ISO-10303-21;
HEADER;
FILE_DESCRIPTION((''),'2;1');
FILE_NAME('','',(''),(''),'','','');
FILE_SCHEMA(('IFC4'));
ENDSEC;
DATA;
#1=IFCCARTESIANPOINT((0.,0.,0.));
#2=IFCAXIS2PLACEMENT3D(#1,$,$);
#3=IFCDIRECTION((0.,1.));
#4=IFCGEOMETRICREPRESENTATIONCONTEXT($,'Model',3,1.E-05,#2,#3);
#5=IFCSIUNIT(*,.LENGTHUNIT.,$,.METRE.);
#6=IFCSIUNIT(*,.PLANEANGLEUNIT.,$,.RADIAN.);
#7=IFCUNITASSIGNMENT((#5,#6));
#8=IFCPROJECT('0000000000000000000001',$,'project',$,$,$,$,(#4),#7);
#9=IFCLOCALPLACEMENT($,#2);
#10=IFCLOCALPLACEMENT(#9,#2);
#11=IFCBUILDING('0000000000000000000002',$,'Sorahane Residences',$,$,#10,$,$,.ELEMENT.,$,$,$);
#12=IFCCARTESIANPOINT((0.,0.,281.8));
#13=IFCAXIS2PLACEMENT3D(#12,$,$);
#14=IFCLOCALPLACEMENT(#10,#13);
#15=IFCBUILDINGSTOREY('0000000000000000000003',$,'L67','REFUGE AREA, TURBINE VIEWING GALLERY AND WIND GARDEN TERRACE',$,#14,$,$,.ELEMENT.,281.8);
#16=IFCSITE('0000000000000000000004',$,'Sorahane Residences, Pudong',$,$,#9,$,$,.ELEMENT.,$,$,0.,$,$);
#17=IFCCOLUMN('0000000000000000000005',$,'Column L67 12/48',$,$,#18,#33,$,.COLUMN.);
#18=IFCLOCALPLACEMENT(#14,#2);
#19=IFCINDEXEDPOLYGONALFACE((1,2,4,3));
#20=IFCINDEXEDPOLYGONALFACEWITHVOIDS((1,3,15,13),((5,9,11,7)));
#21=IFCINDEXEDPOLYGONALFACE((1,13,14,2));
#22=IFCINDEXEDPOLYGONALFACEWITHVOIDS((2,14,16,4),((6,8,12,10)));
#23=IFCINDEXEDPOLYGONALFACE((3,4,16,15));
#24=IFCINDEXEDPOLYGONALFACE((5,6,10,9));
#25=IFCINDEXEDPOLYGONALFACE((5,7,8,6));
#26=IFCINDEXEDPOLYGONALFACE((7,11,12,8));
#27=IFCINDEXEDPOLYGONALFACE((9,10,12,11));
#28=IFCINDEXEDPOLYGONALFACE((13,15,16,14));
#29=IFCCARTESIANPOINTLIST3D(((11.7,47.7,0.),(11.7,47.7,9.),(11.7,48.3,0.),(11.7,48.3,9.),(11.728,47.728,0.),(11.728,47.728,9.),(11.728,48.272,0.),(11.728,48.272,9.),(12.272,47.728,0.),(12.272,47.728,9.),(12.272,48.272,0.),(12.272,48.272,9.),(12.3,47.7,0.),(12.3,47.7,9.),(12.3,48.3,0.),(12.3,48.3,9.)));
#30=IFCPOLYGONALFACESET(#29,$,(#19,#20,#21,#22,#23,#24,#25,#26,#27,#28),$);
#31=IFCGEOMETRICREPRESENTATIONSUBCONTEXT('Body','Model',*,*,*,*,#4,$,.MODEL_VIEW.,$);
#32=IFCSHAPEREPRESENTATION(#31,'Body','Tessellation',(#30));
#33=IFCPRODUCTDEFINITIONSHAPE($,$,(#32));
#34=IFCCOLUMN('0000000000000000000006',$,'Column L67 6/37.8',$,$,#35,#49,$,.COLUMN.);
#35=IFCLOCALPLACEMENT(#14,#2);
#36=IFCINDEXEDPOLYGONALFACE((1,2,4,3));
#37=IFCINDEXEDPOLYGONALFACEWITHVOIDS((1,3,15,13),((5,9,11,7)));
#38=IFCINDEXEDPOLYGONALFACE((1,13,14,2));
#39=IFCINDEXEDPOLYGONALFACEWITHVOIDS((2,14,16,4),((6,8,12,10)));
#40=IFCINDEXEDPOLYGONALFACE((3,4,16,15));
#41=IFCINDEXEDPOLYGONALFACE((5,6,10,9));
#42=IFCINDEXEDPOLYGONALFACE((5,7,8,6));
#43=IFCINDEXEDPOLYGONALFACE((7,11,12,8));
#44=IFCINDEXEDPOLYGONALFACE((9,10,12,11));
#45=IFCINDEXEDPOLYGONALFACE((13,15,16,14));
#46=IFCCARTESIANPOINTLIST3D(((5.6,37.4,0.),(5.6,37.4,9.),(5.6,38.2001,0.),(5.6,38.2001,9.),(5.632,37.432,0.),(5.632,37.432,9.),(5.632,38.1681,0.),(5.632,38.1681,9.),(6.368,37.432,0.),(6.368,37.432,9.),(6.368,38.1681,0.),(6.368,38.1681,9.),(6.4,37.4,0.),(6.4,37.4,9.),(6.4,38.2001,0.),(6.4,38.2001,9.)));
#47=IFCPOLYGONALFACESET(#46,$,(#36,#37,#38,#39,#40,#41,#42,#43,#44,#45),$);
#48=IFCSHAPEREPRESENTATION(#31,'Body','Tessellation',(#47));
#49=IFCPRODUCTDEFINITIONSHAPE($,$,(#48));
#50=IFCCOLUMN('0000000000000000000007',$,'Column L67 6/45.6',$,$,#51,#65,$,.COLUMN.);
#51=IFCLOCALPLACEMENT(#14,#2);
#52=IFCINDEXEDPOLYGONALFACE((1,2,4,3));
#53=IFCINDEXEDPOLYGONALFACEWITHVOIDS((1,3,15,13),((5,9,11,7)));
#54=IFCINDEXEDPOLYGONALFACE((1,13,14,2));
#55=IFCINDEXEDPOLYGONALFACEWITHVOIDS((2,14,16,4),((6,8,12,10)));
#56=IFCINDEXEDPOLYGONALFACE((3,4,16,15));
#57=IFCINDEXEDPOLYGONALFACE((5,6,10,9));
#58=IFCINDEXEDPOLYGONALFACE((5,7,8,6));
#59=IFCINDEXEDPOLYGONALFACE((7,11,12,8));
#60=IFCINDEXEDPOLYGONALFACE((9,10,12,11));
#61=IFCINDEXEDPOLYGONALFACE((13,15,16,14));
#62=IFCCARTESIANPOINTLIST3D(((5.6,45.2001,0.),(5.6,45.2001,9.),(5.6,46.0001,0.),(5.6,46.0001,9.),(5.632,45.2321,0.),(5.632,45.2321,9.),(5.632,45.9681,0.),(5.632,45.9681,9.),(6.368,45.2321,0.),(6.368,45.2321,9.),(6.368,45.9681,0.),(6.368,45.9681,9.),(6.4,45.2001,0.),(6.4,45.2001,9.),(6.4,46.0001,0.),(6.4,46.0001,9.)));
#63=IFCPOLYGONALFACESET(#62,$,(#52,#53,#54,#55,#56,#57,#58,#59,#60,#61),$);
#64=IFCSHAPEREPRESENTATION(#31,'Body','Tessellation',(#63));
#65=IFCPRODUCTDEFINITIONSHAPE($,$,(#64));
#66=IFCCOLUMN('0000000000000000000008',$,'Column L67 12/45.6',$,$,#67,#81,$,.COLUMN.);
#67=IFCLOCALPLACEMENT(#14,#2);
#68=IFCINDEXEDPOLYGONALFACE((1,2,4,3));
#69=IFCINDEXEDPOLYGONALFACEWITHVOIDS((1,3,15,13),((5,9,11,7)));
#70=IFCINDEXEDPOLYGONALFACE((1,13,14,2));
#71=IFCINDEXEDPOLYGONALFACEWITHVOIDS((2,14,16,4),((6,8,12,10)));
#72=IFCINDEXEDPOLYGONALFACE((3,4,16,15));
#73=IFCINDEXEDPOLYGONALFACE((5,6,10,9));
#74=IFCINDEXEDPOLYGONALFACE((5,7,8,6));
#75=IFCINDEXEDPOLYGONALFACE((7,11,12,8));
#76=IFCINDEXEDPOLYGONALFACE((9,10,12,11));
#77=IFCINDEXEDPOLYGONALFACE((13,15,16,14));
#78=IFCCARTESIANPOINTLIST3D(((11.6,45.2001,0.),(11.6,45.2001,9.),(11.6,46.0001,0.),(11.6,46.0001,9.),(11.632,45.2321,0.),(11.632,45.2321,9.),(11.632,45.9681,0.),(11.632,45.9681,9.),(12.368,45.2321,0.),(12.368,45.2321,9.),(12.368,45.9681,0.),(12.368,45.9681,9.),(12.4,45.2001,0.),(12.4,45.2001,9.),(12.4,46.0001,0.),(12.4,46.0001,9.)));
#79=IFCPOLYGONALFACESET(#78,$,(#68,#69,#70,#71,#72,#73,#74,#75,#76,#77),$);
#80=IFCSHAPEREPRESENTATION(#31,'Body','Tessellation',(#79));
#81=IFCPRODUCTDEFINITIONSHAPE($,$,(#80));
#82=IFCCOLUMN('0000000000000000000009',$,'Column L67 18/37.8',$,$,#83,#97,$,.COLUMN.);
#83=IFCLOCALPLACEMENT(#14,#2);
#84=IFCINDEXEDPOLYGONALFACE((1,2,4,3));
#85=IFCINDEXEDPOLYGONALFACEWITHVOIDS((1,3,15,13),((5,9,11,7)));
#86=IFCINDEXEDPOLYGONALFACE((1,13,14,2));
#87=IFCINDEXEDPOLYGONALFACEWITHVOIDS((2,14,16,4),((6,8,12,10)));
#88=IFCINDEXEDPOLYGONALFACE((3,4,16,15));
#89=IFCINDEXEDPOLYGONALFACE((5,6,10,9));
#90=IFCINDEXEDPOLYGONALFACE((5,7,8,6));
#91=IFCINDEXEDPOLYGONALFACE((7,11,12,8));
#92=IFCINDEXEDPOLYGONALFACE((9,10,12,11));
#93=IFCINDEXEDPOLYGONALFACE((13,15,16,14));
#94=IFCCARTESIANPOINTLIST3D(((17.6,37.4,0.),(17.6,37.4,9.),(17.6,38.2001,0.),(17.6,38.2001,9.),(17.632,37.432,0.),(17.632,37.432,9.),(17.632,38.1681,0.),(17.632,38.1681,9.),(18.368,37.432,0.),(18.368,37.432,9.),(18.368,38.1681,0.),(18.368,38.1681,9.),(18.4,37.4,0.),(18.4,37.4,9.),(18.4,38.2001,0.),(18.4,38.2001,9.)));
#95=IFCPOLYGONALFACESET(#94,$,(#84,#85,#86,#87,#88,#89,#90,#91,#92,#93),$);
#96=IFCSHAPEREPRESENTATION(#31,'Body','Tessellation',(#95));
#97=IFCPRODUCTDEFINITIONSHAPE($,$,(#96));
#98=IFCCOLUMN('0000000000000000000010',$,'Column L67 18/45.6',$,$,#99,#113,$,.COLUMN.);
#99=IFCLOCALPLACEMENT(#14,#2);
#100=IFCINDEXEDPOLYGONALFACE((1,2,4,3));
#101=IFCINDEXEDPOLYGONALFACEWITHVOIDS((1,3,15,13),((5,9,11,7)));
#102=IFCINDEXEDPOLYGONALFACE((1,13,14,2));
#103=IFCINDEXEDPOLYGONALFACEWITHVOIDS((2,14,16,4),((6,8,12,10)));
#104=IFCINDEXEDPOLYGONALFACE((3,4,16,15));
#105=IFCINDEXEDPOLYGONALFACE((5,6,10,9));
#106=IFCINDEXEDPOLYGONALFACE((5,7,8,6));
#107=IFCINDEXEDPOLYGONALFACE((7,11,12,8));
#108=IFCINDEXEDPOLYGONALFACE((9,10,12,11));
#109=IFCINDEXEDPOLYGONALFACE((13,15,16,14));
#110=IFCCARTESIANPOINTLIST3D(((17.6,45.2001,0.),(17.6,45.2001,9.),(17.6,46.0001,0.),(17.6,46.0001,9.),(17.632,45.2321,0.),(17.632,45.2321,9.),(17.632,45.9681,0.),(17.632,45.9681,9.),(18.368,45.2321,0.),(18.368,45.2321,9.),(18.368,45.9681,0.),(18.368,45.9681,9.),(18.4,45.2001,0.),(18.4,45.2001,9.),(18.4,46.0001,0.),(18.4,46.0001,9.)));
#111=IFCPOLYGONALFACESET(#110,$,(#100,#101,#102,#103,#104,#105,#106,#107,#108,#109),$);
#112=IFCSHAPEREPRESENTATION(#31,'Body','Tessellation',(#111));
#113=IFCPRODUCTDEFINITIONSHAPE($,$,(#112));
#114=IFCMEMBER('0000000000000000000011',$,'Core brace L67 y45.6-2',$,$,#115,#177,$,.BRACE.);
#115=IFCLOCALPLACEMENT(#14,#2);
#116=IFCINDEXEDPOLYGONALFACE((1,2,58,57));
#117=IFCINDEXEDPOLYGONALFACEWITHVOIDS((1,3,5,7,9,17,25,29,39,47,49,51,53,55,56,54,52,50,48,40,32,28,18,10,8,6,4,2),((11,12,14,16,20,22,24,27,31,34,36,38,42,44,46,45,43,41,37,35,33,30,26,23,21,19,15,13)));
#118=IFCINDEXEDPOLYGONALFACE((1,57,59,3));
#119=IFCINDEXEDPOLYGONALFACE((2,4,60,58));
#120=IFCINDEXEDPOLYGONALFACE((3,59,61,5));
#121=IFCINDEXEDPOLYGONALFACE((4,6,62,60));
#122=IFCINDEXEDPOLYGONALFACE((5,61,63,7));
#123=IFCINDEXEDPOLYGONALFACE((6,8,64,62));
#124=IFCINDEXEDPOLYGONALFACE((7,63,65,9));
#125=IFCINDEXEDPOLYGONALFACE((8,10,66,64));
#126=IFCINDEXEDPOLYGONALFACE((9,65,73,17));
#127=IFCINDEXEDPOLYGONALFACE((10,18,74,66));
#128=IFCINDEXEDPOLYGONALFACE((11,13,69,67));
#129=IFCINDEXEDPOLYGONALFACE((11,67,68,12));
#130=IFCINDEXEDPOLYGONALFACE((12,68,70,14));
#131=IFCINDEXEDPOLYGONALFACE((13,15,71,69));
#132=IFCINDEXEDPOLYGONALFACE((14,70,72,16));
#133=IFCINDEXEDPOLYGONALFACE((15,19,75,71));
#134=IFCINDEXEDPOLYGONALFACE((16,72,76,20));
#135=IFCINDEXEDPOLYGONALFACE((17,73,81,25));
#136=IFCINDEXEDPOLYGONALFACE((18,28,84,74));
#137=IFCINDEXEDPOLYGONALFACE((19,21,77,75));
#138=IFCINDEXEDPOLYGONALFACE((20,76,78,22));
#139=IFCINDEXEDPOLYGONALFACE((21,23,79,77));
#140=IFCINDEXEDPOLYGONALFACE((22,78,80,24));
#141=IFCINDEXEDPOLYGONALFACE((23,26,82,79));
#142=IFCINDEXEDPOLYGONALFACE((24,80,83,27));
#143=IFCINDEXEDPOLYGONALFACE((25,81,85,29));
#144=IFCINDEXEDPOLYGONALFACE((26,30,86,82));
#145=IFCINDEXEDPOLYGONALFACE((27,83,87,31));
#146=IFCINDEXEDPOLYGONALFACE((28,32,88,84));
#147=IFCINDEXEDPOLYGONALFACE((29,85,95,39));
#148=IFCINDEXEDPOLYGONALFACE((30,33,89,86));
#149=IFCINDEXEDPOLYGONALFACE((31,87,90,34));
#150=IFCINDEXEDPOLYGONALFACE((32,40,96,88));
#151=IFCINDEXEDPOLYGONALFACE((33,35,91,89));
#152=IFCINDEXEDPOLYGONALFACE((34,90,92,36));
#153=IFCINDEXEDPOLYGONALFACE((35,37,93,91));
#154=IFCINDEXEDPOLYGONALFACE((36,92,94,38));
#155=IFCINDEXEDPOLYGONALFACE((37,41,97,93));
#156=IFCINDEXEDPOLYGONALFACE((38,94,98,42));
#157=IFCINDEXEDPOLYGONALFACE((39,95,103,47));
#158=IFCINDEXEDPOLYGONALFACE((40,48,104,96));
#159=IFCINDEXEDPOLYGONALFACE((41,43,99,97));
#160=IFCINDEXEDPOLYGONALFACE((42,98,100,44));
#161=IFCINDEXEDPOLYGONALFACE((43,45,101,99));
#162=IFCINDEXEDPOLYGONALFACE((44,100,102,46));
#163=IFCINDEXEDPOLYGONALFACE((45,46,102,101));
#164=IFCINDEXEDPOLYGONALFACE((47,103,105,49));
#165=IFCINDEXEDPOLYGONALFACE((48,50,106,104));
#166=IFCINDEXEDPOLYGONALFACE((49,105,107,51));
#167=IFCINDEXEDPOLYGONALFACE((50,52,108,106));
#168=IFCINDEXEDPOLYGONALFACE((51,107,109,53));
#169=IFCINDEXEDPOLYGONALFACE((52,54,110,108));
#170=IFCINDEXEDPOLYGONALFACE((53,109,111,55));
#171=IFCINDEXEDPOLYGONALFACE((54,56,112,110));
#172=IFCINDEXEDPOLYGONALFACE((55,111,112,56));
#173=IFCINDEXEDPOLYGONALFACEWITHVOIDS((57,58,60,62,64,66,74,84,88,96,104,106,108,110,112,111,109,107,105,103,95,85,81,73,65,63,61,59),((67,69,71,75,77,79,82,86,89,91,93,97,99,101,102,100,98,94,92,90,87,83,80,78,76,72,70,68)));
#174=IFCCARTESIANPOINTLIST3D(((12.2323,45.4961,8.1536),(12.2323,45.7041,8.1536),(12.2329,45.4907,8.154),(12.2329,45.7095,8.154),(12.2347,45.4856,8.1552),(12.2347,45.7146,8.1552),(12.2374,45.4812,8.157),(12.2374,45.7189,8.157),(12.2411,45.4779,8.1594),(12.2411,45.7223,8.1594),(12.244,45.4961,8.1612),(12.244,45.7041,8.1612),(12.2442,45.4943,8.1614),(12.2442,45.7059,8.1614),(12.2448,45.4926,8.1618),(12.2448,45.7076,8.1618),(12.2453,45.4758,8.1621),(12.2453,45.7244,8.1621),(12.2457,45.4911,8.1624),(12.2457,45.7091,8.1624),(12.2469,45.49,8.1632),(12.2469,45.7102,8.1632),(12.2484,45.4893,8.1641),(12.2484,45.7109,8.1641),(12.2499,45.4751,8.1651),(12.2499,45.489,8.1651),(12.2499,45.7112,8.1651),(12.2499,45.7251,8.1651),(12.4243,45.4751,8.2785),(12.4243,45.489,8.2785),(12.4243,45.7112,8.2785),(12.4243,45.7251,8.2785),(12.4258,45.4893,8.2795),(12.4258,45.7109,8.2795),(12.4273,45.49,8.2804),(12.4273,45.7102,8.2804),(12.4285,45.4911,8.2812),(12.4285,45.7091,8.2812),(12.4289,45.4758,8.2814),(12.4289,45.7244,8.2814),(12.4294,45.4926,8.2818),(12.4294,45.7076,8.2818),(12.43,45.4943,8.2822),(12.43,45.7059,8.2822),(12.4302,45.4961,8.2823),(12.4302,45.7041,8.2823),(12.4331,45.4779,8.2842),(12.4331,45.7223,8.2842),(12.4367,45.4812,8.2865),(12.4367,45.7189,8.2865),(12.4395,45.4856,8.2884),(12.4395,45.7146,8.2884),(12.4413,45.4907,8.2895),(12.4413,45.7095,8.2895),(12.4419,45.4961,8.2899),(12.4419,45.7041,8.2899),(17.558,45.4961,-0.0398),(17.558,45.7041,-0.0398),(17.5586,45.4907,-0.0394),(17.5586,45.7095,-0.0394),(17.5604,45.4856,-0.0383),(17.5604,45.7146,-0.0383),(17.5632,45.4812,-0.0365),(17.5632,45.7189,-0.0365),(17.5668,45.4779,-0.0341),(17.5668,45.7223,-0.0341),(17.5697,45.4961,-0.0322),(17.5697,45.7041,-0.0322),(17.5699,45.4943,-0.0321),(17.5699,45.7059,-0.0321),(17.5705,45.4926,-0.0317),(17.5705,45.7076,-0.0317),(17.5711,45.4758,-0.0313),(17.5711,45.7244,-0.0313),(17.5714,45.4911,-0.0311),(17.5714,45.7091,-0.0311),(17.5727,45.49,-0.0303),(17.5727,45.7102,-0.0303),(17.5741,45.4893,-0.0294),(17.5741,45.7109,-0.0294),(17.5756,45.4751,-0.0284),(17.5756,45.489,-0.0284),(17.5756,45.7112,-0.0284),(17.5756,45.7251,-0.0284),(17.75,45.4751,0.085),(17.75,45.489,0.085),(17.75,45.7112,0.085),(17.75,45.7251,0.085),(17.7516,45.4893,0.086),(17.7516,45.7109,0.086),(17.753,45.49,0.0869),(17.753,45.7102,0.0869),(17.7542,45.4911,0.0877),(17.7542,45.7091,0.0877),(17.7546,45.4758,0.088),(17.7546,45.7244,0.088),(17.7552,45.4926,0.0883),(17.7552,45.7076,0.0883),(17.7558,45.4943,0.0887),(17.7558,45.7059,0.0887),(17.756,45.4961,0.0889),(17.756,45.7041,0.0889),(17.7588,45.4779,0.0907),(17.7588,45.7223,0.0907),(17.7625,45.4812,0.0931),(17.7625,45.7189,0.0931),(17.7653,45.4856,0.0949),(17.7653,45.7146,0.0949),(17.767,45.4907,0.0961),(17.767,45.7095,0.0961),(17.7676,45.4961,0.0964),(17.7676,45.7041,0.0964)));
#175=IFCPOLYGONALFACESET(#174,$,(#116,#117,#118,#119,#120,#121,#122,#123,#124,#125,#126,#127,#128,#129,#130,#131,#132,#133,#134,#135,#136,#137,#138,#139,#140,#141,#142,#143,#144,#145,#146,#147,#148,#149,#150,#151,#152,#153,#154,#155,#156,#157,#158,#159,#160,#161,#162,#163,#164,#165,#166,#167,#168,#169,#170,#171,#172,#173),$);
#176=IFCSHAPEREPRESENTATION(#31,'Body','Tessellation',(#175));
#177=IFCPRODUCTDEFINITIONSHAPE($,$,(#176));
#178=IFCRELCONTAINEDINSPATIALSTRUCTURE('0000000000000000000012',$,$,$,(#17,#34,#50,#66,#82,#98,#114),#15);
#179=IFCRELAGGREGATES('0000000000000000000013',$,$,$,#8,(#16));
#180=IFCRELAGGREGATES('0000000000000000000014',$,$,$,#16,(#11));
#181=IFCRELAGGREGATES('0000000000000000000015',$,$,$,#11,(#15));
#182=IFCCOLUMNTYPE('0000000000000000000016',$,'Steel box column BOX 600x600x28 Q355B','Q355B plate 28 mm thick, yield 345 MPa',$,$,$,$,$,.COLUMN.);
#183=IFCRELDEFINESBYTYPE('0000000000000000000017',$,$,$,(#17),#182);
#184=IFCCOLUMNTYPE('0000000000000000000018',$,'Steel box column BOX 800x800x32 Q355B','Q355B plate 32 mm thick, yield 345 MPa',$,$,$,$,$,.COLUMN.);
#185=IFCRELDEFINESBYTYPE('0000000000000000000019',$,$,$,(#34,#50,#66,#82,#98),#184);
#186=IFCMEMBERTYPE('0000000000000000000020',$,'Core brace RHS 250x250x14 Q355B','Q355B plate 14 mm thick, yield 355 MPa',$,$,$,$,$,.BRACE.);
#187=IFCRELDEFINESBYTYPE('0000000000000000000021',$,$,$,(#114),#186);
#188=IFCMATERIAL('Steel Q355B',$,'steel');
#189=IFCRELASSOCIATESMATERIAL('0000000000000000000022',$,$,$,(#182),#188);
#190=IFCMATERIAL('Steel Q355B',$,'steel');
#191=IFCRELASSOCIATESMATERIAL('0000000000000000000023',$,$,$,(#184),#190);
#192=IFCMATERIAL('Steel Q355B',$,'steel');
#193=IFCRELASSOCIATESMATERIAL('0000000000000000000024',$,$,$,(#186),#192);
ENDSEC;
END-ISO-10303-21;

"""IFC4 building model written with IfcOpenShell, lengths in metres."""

from ifc_helpers import new_model, si_unit, direction, frame, origin, origin_2d, place, context, subcontext, project, spatial, hollow_rectangle, extrude, material, material_profile, profile_set, type_object, element, save


model = new_model("IFC4")

# Units and contexts
model_context = context("Model", 3, precision=1e-05, world=origin(), true_north=direction((0.0, 1.0)))
body_context = subcontext(model_context, "Body", "Model", "MODEL_VIEW")
ifc_project = project(units=[si_unit("LENGTHUNIT", "METRE"), si_unit("PLANEANGLEUNIT", "RADIAN")], contexts=[model_context])

# Site, building, storey
site_placement = place(None, origin())
site = spatial("IfcSite", under=ifc_project, at=site_placement, Name="Sorahane Residences, Pudong", CompositionType="ELEMENT", RefElevation=0.0)
building_placement = place(site_placement, origin())
building = spatial("IfcBuilding", under=site, at=building_placement, Name="Sorahane Residences", CompositionType="ELEMENT")
storey_placement = place(building_placement, frame((0.0, 0.0, 281.8)))
storey = spatial("IfcBuildingStorey", under=building, at=storey_placement, Name="L67", Description="REFUGE AREA, TURBINE VIEWING GALLERY AND WIND GARDEN TERRACE", CompositionType="ELEMENT", Elevation=281.8)

# Columns
ifc_material_1 = material(Name="Steel Q355B", Category="steel")
ifc_material_profile_1 = material_profile(ifc_material_1, hollow_rectangle(XDim=0.6001, YDim=0.6001, WallThickness=0.0281, at=origin_2d()), Name="BOX 600x600x28")
ifc_profile_set_1 = profile_set([ifc_material_profile_1], Name="Steel Q355B")
column_type_1 = type_object("IfcColumnType", Name="Steel box column BOX 600x600x28 Q355B", Description="Q355B plate 28 mm thick, yield 345 MPa", PredefinedType="COLUMN", material=ifc_profile_set_1)
column_placement = place(storey_placement, frame((12.0, 48.0, 0.0), z_axis=(0.0, 0.0, 1.0), x_axis=(1.0, 0.0, 0.0)))
element("IfcColumn", 1, at=column_placement, inside=storey, type_object=column_type_1, Name="Column L67 12/48", PredefinedType="COLUMN", context=body_context, shape_type="SweptSolid", body=[
    extrude(hollow_rectangle(XDim=0.6001, YDim=0.6001, WallThickness=0.0281, at=origin_2d()), origin(), (0.0, 0.0, 1.0), 9.0),
])
ifc_material_2 = material(Name="Steel Q355B", Category="steel")
ifc_material_profile_2 = material_profile(ifc_material_2, hollow_rectangle(XDim=0.8, YDim=0.8, WallThickness=0.032, at=origin_2d()), Name="BOX 800x800x32")
ifc_profile_set_2 = profile_set([ifc_material_profile_2], Name="Steel Q355B")
column_type_2 = type_object("IfcColumnType", Name="Steel box column BOX 800x800x32 Q355B", Description="Q355B plate 32 mm thick, yield 345 MPa", PredefinedType="COLUMN", material=ifc_profile_set_2)
for number, where, z_axis, x_axis, name in (
    (2, (6.0, 37.8, 0.0), (0.0, 0.0, 1.0), (1.0, 0.0, 0.0), "Column L67 6/37.8"),
    (3, (6.0, 45.6001, 0.0), (0.0, 0.0, 1.0), (1.0, 0.0, 0.0), "Column L67 6/45.6"),
    (4, (12.0, 45.6001, 0.0), (0.0, 0.0, 1.0), (1.0, 0.0, 0.0), "Column L67 12/45.6"),
    (5, (18.0, 37.8, 0.0), (0.0, 0.0, 1.0), (1.0, 0.0, 0.0), "Column L67 18/37.8"),
    (6, (18.0, 45.6001, 0.0), (0.0, 0.0, 1.0), (1.0, 0.0, 0.0), "Column L67 18/45.6"),
):
    element("IfcColumn", number, at=place(storey_placement, frame(where, z_axis=z_axis, x_axis=x_axis)), inside=storey, type_object=column_type_2, Name=name, PredefinedType="COLUMN", context=body_context, shape_type="SweptSolid", body=[
        extrude(hollow_rectangle(XDim=0.8, YDim=0.8, WallThickness=0.032, at=origin_2d()), origin(), (0.0, 0.0, 1.0), 9.0),
    ])

# Member
ifc_material_3 = material(Name="Steel Q355B", Category="steel")
ifc_material_profile_3 = material_profile(ifc_material_3, hollow_rectangle(XDim=0.25, YDim=0.25, WallThickness=0.0139, InnerFilletRadius=0.0071, OuterFilletRadius=0.021, at=origin_2d()), Name="RHS 250x250x14")
ifc_profile_set_3 = profile_set([ifc_material_profile_3], Name="Steel Q355B")
member_type = type_object("IfcMemberType", Name="Core brace RHS 250x250x14 Q355B", Description="Q355B plate 14 mm thick, yield 355 MPa", PredefinedType="BRACE", material=ifc_profile_set_3)
member_1_placement = place(storey_placement, frame((17.6628, 45.6001, 0.0283), z_axis=(-0.544988, 0.0, 0.838444), x_axis=(0.0, -1.0, 0.0)))
element("IfcMember", 7, at=member_1_placement, inside=storey, type_object=member_type, Name="Core brace L67 y45.6-2", PredefinedType="BRACE", context=body_context, shape_type="SweptSolid", body=[
    extrude(hollow_rectangle(XDim=0.25, YDim=0.25, WallThickness=0.0139, InnerFilletRadius=0.0071, OuterFilletRadius=0.021, at=origin_2d()), origin(), (0.0, 0.0, 1.0), 9.7722),
])

save(model, "model.ifc")
